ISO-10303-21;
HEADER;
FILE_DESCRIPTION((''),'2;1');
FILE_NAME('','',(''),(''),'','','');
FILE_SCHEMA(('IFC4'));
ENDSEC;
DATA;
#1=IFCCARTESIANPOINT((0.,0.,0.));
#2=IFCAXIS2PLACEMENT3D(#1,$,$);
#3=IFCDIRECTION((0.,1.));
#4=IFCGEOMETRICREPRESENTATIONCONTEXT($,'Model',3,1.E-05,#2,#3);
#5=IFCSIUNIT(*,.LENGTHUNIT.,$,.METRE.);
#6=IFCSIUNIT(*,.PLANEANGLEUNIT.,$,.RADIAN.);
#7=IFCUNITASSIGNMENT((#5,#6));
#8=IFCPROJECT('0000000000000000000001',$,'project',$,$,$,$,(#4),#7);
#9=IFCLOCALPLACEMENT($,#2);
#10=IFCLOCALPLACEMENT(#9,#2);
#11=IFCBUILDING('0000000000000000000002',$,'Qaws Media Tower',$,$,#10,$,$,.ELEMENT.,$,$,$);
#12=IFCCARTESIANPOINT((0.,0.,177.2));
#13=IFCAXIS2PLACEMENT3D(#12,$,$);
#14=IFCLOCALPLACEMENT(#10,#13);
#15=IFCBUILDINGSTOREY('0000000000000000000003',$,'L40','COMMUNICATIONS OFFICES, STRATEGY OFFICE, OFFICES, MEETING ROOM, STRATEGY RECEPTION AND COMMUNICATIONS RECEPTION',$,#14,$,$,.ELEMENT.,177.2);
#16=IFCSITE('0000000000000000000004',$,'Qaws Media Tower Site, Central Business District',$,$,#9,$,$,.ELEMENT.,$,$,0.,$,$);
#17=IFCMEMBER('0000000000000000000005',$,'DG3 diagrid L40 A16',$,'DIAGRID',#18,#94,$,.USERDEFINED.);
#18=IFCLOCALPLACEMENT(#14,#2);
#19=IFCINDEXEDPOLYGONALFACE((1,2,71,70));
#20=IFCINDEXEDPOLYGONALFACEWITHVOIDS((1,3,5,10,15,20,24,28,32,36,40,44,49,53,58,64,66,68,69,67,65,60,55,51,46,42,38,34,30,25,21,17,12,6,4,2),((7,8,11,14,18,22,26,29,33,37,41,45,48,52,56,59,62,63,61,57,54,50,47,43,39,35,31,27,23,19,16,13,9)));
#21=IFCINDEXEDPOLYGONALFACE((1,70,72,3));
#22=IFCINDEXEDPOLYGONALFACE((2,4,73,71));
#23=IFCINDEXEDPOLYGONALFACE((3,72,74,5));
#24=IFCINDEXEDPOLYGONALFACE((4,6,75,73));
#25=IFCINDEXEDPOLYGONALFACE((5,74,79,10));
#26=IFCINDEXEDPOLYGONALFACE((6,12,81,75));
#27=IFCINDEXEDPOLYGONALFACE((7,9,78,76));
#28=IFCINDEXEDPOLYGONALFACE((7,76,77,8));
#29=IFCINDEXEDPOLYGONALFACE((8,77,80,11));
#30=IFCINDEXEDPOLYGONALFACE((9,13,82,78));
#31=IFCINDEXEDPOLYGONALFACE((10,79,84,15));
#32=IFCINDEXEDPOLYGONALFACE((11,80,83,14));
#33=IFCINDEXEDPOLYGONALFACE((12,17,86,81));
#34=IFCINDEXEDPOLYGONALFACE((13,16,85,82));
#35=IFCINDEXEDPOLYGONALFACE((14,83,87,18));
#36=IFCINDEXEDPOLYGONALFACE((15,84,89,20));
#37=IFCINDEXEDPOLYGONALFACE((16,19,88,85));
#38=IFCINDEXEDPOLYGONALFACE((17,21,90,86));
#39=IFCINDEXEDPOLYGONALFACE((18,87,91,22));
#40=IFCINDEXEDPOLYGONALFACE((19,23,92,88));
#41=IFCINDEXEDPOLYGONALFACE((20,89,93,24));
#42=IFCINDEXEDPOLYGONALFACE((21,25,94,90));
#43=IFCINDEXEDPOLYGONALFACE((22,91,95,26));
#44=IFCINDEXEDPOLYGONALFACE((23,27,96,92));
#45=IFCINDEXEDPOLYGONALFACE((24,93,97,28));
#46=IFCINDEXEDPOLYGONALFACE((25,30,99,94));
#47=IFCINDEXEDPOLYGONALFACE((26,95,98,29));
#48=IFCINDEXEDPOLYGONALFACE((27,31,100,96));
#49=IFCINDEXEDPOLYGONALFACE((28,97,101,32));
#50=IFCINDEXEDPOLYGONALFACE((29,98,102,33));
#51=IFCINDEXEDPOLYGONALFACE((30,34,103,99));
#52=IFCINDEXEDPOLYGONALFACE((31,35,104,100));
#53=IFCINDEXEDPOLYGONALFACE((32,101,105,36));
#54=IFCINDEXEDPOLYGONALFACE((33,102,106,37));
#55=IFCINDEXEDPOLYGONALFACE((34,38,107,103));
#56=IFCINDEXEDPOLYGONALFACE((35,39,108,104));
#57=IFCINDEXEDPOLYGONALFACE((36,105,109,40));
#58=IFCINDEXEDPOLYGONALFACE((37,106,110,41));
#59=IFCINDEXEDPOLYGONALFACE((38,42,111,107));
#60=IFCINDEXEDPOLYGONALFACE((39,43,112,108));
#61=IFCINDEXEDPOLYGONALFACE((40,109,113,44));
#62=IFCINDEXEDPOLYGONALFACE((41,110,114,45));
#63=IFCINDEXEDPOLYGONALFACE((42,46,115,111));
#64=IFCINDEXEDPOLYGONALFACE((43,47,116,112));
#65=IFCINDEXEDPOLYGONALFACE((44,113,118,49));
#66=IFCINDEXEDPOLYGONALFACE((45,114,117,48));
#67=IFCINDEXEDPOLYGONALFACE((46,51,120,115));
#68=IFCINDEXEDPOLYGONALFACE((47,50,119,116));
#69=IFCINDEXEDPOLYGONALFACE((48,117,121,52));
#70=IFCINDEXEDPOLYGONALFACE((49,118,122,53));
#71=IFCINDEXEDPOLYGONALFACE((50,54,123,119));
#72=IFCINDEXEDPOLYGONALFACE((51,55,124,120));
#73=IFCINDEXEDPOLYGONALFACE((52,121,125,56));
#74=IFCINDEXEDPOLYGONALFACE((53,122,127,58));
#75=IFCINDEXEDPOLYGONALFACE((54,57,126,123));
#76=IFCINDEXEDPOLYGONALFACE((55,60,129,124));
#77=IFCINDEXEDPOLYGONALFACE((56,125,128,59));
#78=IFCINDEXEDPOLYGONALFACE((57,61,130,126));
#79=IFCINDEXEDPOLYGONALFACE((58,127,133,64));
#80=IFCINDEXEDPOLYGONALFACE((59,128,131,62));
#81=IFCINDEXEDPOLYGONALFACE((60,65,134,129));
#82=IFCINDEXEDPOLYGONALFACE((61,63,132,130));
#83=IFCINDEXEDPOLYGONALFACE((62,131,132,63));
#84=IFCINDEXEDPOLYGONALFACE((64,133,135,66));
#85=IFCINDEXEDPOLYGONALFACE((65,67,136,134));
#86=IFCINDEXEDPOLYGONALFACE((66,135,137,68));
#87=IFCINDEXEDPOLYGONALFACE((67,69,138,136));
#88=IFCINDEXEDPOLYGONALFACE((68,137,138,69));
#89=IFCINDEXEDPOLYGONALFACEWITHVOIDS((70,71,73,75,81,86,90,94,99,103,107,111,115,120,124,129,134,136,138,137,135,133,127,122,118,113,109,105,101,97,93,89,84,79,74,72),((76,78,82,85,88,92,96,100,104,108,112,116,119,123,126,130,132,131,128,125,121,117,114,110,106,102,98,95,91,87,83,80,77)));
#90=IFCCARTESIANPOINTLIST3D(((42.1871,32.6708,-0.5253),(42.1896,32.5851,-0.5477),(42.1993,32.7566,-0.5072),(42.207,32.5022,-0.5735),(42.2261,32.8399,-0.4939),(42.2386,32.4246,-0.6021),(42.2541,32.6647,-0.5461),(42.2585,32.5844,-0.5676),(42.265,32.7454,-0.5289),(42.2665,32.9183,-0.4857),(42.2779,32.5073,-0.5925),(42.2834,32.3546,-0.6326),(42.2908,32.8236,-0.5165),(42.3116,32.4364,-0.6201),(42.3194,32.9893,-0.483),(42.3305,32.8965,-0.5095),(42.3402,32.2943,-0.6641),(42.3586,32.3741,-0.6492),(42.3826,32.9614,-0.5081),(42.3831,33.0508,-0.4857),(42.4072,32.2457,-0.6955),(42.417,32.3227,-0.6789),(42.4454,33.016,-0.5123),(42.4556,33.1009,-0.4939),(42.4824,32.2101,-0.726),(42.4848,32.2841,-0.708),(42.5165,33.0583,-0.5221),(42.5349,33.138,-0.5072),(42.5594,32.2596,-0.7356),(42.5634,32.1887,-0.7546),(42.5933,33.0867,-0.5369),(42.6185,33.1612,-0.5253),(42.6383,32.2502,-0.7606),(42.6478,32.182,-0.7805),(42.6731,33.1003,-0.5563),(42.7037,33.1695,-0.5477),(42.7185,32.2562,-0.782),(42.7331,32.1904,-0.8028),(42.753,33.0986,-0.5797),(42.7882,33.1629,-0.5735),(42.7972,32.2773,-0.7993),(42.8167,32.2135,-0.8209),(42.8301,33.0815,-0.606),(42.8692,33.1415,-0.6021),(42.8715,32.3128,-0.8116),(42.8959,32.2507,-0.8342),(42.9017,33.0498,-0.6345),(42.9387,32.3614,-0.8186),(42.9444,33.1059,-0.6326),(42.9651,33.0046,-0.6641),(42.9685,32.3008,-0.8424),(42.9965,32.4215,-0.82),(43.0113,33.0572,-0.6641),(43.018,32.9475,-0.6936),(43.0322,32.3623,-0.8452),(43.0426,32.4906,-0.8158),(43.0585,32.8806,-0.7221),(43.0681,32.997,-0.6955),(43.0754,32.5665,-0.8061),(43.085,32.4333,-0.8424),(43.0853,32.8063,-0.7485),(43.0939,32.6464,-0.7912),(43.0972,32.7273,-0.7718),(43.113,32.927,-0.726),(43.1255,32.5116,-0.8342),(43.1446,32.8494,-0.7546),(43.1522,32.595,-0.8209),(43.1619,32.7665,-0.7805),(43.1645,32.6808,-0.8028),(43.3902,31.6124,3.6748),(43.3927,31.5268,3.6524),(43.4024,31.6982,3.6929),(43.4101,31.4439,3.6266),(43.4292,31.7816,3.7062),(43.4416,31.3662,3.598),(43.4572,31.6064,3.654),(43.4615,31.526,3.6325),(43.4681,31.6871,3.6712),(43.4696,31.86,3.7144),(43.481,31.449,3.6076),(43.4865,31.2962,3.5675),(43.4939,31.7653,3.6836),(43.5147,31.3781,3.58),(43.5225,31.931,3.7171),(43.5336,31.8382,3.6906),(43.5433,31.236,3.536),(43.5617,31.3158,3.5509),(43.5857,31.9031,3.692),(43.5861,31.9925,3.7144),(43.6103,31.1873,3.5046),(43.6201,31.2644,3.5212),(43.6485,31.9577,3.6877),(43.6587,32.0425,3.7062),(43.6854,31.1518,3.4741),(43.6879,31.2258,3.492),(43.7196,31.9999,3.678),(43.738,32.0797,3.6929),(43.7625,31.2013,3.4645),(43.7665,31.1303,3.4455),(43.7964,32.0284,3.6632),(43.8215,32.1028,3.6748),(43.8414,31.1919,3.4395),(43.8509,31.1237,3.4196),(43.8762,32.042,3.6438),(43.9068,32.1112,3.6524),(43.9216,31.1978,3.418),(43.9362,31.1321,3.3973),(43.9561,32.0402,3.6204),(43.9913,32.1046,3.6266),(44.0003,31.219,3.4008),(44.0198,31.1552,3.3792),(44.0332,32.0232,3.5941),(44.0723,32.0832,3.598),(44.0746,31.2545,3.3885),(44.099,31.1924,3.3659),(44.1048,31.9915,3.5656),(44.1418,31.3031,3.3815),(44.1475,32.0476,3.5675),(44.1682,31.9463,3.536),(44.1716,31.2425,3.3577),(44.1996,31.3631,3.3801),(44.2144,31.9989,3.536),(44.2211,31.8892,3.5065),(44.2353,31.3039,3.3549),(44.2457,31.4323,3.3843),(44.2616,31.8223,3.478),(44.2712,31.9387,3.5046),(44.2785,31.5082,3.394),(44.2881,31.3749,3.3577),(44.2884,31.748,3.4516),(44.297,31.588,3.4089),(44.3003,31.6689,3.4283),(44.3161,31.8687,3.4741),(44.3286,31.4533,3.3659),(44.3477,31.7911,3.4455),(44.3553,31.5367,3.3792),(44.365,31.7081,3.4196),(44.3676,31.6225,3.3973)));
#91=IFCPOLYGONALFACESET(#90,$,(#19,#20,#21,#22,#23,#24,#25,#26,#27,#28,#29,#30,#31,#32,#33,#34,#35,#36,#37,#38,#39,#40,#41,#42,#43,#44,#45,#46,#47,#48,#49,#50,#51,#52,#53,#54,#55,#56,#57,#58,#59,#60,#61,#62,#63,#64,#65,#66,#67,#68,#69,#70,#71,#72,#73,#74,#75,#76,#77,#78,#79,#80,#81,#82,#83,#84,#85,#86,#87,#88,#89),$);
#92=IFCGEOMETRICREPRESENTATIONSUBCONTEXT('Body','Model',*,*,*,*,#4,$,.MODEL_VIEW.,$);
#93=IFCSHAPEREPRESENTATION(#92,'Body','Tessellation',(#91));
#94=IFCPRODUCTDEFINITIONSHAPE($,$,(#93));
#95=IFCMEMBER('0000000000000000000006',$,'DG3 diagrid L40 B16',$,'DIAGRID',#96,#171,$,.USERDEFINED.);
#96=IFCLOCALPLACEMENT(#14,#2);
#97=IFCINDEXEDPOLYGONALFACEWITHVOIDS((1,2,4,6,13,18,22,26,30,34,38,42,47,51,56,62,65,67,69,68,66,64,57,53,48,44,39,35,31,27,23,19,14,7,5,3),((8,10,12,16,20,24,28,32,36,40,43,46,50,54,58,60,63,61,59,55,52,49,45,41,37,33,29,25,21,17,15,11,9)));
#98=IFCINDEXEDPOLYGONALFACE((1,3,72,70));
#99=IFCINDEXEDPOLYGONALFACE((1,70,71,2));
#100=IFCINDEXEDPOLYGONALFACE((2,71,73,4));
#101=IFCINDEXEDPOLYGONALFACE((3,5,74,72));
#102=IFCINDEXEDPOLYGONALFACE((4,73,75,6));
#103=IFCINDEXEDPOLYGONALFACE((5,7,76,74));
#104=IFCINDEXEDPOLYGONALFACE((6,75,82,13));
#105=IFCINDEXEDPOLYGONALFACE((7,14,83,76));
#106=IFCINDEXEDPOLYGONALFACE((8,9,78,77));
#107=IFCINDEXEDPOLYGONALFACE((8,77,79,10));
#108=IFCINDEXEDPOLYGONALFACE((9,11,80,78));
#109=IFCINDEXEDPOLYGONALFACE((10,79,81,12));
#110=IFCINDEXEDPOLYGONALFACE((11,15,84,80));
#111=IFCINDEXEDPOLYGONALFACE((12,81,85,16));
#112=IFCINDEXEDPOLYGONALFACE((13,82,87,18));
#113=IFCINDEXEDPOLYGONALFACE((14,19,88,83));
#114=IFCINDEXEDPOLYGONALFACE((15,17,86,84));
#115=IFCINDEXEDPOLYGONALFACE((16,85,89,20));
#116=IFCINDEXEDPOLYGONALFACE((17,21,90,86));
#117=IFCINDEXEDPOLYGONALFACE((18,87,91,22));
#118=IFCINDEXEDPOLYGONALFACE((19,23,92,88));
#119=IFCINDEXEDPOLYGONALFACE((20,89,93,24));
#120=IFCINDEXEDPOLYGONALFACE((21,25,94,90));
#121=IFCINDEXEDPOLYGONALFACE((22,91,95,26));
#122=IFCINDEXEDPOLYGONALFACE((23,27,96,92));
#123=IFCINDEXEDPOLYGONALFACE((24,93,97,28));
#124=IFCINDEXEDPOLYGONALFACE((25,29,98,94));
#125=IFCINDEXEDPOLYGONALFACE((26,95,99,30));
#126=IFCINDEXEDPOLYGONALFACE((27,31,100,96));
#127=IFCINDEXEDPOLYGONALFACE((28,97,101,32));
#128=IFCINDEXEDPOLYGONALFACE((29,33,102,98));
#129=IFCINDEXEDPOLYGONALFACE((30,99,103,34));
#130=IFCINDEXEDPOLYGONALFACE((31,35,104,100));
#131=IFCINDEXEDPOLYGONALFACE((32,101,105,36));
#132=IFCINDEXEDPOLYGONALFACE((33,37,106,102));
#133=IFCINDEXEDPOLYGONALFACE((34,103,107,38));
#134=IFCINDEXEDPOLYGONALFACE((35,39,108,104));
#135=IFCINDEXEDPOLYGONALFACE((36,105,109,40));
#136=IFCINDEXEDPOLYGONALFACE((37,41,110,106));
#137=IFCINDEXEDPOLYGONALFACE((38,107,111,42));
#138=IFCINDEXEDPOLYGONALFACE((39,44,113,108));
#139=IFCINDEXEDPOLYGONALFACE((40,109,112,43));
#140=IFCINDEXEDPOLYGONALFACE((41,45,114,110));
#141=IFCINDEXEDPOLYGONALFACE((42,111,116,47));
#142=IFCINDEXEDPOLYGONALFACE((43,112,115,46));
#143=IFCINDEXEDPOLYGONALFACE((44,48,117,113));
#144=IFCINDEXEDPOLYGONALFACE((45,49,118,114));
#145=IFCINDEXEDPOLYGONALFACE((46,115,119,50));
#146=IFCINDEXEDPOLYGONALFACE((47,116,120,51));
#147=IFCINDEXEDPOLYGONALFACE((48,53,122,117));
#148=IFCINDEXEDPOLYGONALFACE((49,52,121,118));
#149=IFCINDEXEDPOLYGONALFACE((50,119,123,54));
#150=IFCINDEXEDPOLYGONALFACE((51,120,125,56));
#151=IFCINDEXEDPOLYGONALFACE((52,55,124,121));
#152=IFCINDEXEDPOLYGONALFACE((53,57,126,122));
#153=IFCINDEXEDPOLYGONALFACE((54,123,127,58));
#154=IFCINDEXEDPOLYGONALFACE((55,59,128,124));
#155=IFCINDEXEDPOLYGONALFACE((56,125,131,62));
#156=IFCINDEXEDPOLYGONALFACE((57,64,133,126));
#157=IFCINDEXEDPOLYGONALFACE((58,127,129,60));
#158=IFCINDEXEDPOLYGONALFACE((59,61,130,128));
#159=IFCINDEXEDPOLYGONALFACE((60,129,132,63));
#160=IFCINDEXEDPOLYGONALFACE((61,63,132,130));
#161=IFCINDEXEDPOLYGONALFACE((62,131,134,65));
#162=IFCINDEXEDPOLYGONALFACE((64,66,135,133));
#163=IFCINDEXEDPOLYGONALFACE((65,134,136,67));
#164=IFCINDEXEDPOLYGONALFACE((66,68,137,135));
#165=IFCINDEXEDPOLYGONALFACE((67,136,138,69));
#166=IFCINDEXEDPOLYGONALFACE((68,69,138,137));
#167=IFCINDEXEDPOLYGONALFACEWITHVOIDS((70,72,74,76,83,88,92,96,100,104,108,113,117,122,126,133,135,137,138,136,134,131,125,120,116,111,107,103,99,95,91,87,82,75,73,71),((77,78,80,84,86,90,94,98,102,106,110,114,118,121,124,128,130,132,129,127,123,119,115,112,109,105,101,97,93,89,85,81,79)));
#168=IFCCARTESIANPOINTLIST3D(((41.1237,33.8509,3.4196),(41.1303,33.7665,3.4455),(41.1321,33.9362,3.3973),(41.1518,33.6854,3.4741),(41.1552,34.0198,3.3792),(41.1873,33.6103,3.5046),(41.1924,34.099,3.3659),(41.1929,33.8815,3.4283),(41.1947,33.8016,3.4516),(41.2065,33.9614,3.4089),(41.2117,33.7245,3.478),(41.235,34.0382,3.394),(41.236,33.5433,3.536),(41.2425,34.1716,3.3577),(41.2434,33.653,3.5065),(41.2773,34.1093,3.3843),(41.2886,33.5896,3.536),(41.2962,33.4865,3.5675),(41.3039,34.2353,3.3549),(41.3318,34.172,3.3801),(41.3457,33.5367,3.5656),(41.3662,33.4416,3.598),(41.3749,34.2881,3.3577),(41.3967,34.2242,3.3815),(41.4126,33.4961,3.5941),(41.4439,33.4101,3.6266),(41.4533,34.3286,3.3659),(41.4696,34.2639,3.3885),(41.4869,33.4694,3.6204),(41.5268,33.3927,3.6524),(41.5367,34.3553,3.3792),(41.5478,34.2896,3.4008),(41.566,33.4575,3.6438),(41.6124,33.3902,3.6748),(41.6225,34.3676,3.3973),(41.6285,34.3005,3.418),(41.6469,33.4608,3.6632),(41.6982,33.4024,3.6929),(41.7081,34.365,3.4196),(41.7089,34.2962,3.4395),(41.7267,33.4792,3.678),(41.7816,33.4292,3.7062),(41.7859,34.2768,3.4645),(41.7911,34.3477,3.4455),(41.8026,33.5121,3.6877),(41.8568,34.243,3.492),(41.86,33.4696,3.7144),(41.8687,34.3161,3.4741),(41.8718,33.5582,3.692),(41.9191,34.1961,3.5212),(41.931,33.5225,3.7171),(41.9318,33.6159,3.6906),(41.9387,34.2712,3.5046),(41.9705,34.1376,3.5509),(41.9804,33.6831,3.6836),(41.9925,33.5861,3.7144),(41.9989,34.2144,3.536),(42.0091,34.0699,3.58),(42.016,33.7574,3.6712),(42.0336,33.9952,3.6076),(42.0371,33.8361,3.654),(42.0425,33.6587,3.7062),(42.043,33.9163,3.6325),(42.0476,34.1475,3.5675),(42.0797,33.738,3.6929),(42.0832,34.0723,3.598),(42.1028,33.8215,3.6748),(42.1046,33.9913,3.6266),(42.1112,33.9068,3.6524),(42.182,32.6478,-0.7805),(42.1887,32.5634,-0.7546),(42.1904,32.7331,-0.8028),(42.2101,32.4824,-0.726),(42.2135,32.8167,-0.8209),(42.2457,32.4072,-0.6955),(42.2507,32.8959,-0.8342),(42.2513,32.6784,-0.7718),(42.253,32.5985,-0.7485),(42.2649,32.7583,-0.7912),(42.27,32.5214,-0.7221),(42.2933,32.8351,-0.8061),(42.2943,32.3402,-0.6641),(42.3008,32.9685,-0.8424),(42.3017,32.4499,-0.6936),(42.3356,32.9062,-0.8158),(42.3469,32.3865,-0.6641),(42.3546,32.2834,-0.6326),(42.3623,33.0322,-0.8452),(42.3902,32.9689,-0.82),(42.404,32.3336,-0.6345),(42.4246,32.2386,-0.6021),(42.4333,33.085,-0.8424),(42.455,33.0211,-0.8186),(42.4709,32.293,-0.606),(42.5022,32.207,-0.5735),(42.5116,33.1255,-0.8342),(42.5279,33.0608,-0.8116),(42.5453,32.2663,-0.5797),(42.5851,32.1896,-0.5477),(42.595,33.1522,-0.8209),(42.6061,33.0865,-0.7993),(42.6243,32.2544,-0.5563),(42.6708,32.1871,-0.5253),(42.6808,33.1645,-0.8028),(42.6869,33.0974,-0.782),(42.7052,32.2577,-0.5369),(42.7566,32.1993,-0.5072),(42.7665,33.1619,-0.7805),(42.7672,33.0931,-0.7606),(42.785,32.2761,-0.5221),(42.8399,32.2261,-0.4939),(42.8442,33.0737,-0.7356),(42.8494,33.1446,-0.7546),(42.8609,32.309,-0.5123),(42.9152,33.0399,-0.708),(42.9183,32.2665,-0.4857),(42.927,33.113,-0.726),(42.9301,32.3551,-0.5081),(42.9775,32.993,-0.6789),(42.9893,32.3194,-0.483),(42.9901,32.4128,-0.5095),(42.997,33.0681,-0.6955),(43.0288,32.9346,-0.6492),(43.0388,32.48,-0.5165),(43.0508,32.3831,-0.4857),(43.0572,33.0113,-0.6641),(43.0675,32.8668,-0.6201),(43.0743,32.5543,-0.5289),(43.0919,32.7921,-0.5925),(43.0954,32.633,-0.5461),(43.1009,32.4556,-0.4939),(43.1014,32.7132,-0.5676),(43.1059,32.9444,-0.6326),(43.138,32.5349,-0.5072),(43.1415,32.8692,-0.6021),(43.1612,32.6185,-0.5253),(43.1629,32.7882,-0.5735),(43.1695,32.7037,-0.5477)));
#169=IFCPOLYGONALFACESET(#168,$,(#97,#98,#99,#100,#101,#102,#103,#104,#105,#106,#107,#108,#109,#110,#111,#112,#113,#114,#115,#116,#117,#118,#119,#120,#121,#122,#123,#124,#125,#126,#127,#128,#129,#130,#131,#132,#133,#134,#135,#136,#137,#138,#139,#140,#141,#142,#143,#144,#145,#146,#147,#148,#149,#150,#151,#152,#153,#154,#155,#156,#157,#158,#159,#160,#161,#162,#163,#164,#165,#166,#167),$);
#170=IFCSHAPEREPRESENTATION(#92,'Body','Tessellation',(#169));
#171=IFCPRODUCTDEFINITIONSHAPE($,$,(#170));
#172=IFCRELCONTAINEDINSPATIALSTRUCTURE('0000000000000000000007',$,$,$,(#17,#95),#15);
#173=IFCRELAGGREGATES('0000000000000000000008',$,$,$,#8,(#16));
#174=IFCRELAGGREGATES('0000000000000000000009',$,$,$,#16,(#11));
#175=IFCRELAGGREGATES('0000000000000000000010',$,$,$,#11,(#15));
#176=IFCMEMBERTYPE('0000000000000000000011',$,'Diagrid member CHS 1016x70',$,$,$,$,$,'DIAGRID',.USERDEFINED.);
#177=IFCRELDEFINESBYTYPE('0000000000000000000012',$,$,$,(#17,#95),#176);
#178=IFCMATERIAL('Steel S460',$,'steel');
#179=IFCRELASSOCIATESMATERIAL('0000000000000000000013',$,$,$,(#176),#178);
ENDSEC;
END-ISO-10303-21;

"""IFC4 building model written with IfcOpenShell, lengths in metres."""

from ifc_helpers import new_model, si_unit, direction, frame, origin, origin_2d, place, context, subcontext, project, spatial, hollow_circle, extrude, material, material_profile, profile_set, type_object, element, save


model = new_model("IFC4")

# Units and contexts
model_context = context("Model", 3, precision=1e-05, world=origin(), true_north=direction((0.0, 1.0)))
body_context = subcontext(model_context, "Body", "Model", "MODEL_VIEW")
ifc_project = project(units=[si_unit("LENGTHUNIT", "METRE"), si_unit("PLANEANGLEUNIT", "RADIAN")], contexts=[model_context])

# Site, building, storey
site_placement = place(None, origin())
site = spatial("IfcSite", under=ifc_project, at=site_placement, Name="Qaws Media Tower Site, Central Business District", CompositionType="ELEMENT", RefElevation=0.0)
building_placement = place(site_placement, origin())
building = spatial("IfcBuilding", under=site, at=building_placement, Name="Qaws Media Tower", CompositionType="ELEMENT")
storey_placement = place(building_placement, frame((0.0, 0.0, 177.2)))
storey = spatial("IfcBuildingStorey", under=building, at=storey_placement, Name="L40", Description="COMMUNICATIONS OFFICES, STRATEGY OFFICE, OFFICES, MEETING ROOM, STRATEGY RECEPTION AND COMMUNICATIONS RECEPTION", CompositionType="ELEMENT", Elevation=177.2)

# Members
ifc_material_1 = material(Name="Steel S460", Category="steel")
ifc_material_profile_1 = material_profile(ifc_material_1, hollow_circle(Radius=0.5081, WallThickness=0.0701, at=origin_2d()), Name="CHS 1016x70")
ifc_profile_set_1 = profile_set([ifc_material_profile_1], Name="Steel S460")
member_type_1 = type_object("IfcMemberType", Name="Diagrid member CHS 1016x70", ElementType="DIAGRID", PredefinedType="USERDEFINED", material=ifc_profile_set_1)
for number, where, z_axis, x_axis, name in (
    (1, (42.6758, 32.6758, -0.6641), (0.267631, -0.235426, 0.934317), (0.660487, 0.750837, 0.0), "DG3 diagrid L40 A16"),
    (2, (42.6758, 32.6758, -0.6641), (-0.235426, 0.267631, 0.934317), (-0.750837, -0.660487, 0.0), "DG3 diagrid L40 B16"),
):
    element("IfcMember", number, at=place(storey_placement, frame(where, z_axis=z_axis, x_axis=x_axis)), inside=storey, type_object=member_type_1, Name=name, ObjectType="DIAGRID", PredefinedType="USERDEFINED", context=body_context, shape_type="SweptSolid", body=[
        extrude(hollow_circle(Radius=0.5081, WallThickness=0.0701, at=origin_2d()), origin(), (0.0, 0.0, 1.0), 4.4954),
    ])

save(model, "model.ifc")
